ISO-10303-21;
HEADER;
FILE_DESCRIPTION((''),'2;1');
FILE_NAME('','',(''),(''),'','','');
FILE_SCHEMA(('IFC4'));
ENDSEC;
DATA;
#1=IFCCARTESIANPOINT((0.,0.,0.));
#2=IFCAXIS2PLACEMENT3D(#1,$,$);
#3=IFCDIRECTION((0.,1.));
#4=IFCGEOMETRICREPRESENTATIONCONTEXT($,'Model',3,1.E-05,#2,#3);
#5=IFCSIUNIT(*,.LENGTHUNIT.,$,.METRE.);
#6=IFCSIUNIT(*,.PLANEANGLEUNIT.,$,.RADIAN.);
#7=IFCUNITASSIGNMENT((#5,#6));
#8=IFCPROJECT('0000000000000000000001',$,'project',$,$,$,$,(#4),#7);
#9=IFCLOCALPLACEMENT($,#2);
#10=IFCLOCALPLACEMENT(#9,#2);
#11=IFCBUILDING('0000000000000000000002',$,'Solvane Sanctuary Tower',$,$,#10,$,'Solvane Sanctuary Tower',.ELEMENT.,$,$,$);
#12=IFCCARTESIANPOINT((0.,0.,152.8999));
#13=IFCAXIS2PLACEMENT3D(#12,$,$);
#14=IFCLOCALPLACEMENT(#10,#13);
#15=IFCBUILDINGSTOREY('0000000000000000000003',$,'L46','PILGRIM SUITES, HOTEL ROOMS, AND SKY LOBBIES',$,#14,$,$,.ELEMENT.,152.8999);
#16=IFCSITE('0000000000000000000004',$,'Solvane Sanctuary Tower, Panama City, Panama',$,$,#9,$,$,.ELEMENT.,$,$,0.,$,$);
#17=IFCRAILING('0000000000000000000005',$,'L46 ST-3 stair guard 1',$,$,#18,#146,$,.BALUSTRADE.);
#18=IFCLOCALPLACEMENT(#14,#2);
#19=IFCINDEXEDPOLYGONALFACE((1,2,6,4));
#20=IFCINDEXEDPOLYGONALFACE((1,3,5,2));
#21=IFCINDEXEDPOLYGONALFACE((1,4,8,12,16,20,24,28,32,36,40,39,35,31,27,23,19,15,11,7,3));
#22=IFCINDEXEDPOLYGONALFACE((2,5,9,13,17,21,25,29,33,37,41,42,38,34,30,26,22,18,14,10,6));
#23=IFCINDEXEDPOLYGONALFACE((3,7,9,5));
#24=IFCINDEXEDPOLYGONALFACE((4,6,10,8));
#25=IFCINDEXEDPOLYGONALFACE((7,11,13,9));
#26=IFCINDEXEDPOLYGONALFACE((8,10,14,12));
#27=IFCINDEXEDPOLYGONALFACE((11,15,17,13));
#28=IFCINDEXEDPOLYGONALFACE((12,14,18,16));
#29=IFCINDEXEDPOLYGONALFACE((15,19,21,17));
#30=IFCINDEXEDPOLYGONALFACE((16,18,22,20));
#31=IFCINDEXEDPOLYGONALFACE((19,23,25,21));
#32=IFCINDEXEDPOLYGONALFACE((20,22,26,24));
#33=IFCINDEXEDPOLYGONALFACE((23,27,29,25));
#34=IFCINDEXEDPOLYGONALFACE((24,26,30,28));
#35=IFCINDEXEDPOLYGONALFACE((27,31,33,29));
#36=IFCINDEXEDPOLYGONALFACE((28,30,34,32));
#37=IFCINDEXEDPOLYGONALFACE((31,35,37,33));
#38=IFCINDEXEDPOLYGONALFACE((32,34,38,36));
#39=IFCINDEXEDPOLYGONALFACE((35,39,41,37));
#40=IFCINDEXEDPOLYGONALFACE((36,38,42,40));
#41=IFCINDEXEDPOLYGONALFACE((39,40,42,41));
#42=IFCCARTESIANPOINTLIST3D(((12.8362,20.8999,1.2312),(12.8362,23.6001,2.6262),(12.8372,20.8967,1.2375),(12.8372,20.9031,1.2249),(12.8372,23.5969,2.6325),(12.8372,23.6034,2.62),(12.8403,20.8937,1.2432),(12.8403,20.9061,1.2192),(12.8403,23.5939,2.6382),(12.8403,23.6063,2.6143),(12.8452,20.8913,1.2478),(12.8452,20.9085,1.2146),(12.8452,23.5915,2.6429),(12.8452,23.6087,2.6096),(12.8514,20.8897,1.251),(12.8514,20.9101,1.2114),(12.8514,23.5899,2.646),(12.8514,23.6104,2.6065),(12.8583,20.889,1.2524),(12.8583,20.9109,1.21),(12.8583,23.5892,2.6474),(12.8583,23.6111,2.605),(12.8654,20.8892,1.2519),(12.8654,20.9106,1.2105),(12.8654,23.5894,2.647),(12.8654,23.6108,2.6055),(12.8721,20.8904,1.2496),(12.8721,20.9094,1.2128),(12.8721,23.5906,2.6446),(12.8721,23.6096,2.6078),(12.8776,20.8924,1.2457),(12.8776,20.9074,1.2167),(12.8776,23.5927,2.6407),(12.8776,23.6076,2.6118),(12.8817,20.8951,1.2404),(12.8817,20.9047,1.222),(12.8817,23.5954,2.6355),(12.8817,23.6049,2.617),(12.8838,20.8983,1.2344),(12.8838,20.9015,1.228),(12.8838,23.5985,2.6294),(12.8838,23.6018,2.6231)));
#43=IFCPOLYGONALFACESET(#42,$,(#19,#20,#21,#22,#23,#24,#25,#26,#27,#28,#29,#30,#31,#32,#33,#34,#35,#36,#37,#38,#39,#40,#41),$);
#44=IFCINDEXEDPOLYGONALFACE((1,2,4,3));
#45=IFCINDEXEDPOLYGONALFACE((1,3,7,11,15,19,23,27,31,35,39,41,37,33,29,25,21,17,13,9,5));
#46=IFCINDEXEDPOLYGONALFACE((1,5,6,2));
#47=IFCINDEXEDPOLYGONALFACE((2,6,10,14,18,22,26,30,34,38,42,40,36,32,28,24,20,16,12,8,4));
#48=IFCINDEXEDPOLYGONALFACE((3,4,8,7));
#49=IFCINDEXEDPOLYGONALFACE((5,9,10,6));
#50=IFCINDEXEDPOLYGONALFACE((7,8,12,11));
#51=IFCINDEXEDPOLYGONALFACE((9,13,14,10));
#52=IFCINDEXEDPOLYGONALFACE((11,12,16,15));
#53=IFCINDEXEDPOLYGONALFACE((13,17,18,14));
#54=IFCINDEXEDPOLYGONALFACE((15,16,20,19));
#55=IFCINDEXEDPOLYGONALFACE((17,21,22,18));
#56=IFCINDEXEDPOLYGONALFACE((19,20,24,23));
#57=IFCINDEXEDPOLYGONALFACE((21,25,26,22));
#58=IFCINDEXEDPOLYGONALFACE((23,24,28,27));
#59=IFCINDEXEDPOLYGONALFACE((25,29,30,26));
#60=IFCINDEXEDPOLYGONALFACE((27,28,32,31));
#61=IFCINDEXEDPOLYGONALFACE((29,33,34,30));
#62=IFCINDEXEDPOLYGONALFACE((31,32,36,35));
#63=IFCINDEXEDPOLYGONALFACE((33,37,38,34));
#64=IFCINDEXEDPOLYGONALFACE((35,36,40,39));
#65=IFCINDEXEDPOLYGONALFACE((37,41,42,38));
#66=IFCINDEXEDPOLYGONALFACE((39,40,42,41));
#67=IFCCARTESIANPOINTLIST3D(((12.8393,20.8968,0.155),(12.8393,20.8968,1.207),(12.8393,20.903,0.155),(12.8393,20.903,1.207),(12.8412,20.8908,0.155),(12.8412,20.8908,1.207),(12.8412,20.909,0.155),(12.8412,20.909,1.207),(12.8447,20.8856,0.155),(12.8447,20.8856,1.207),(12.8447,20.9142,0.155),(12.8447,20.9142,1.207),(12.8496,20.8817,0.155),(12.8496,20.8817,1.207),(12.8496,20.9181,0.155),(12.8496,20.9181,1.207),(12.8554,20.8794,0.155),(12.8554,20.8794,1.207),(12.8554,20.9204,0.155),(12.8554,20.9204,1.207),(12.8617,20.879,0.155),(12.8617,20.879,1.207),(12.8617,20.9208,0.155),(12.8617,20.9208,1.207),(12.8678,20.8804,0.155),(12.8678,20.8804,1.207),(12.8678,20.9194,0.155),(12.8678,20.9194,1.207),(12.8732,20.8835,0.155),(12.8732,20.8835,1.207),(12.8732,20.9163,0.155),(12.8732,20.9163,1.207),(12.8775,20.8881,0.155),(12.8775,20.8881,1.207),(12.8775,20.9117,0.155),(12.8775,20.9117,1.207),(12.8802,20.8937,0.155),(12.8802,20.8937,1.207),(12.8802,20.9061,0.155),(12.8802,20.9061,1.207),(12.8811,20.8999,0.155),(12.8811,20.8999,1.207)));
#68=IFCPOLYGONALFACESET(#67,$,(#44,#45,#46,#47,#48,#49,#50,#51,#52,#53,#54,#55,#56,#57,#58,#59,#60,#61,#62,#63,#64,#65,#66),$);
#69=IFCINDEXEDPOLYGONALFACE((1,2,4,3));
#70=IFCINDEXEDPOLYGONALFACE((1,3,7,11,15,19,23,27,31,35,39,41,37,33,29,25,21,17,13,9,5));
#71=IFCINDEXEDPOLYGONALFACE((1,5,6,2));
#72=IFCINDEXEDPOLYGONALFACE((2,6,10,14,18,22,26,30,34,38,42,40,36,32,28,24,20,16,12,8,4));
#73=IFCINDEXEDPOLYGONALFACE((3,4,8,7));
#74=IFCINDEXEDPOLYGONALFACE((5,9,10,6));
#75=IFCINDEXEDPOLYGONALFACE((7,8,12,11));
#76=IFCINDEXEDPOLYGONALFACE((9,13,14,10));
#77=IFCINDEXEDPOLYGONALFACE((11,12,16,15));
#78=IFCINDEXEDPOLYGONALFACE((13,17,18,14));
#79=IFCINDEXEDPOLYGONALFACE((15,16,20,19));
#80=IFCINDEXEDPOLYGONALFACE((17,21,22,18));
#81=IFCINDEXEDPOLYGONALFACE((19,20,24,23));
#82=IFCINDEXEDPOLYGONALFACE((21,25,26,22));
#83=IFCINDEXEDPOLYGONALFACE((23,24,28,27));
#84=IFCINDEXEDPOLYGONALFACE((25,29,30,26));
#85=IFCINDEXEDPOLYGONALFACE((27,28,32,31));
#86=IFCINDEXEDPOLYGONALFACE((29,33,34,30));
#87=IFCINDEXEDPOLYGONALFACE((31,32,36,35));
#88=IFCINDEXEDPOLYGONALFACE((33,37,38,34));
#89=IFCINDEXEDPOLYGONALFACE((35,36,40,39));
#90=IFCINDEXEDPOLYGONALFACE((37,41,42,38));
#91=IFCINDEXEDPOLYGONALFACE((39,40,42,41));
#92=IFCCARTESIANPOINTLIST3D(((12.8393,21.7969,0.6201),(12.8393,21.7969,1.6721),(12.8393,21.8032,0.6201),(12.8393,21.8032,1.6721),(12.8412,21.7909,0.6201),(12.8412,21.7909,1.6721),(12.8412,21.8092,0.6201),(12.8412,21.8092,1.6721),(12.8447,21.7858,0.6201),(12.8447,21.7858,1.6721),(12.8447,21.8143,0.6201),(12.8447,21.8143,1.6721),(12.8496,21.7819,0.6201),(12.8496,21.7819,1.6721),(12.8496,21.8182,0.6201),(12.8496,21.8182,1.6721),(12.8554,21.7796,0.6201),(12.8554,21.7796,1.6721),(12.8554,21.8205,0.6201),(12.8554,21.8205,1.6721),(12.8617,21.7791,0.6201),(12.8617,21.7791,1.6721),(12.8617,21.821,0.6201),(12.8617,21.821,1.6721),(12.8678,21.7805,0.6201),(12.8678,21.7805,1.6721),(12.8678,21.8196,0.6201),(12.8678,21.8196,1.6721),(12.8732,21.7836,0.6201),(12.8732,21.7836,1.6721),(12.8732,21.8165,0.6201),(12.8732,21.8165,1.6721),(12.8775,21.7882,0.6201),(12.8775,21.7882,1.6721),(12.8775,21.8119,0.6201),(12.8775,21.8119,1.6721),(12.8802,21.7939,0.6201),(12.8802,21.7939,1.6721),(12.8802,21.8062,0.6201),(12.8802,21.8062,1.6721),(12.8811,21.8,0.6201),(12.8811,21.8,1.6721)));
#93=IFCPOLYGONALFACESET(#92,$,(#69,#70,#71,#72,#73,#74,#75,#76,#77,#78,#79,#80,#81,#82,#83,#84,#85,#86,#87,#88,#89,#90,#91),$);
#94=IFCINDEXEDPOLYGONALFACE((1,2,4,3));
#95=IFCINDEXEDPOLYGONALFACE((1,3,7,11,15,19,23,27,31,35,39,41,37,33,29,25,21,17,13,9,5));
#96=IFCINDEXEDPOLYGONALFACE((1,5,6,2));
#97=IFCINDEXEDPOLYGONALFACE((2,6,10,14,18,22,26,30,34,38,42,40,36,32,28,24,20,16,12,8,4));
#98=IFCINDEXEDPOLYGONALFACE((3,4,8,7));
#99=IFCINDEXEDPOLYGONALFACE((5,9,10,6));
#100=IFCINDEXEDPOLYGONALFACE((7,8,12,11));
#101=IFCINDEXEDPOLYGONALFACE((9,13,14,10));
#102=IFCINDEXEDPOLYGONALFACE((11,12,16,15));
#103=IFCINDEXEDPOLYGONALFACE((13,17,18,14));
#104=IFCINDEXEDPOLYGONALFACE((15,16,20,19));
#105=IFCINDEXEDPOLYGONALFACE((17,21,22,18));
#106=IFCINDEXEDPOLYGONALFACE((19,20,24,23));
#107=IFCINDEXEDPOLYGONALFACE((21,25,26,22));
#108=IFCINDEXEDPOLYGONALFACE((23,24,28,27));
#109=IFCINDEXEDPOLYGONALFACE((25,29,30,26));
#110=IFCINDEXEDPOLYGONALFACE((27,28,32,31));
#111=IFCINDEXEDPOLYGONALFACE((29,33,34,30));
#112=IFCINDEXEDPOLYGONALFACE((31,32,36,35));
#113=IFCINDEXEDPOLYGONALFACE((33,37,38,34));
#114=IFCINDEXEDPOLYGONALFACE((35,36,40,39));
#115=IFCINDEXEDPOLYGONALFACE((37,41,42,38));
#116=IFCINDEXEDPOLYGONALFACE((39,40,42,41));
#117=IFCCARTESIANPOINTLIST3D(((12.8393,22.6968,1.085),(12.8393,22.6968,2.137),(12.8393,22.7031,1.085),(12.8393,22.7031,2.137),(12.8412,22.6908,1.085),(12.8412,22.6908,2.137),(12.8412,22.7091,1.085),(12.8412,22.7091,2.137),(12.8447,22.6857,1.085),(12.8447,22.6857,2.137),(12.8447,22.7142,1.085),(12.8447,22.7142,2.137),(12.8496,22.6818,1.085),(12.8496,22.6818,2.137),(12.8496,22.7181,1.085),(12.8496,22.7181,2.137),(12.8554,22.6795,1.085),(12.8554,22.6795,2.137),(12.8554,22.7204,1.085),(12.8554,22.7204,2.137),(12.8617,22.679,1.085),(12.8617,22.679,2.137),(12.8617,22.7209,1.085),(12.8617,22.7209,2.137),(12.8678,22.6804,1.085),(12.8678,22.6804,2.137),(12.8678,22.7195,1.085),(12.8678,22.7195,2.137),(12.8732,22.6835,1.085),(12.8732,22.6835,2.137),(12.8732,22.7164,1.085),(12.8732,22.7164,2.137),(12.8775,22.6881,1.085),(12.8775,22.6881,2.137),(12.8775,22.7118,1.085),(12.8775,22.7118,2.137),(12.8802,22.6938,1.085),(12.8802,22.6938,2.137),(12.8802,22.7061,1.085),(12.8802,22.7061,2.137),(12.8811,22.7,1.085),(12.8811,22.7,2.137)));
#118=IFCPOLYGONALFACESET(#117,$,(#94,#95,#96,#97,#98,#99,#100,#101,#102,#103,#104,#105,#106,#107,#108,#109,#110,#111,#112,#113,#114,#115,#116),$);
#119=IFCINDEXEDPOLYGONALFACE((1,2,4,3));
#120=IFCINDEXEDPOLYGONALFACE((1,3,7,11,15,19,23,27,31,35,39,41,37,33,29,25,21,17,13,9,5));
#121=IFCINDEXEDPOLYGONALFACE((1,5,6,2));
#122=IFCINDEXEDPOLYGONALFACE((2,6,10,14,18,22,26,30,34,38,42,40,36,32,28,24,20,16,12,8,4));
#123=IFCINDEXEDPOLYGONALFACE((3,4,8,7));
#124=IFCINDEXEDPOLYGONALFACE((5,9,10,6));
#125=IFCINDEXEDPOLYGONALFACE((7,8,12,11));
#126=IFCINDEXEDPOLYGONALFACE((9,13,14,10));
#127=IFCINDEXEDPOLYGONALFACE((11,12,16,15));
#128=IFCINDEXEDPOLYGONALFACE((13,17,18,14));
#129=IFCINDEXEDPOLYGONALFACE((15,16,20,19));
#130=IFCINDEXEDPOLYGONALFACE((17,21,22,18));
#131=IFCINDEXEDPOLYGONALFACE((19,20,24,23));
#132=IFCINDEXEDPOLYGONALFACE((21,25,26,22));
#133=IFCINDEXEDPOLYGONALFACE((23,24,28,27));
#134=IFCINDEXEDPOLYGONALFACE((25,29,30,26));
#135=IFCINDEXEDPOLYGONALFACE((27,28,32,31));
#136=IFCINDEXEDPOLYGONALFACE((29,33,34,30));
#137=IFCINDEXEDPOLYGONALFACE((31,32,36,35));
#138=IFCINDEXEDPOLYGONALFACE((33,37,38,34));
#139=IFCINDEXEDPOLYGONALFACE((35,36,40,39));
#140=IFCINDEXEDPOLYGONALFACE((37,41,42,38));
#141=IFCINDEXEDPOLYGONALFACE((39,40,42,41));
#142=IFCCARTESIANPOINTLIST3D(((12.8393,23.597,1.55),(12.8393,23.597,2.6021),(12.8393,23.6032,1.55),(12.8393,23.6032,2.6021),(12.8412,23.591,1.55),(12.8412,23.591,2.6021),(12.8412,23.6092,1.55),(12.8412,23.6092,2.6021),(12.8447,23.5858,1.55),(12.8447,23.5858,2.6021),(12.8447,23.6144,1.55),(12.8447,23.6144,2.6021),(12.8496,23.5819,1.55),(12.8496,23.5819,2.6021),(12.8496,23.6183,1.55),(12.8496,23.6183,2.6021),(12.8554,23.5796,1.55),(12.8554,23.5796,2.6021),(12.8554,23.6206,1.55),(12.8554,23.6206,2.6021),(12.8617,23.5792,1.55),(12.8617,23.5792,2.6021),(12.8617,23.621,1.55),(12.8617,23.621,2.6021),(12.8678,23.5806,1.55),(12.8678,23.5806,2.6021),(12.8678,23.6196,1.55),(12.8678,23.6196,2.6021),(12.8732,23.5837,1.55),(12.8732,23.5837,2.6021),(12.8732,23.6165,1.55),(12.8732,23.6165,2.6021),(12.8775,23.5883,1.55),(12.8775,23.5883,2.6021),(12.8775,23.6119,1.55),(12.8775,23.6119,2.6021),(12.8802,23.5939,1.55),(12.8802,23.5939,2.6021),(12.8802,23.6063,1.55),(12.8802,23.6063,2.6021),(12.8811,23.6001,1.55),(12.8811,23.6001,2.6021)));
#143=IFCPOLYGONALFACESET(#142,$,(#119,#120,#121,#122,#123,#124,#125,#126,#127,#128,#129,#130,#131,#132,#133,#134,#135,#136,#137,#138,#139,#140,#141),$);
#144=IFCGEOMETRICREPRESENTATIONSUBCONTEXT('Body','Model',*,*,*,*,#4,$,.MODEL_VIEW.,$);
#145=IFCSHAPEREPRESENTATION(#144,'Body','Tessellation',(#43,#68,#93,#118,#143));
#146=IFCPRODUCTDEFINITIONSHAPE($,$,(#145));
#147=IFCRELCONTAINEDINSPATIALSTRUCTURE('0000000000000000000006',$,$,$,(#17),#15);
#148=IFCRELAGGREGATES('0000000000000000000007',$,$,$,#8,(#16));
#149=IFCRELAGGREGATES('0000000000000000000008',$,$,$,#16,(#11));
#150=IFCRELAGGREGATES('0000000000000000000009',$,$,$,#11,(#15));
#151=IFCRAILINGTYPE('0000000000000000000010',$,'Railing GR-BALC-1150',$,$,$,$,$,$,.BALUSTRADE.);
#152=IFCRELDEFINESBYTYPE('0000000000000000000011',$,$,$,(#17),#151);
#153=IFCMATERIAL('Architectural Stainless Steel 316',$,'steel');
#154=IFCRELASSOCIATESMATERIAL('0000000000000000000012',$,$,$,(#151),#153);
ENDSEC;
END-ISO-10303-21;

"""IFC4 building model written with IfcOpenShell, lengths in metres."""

from ifc_helpers import new_model, si_unit, direction, frame, origin, origin_2d, place, context, subcontext, project, spatial, circle, extrude, material, type_object, element, save


model = new_model("IFC4")

# Units and contexts
model_context = context("Model", 3, precision=1e-05, world=origin(), true_north=direction((0.0, 1.0)))
body_context = subcontext(model_context, "Body", "Model", "MODEL_VIEW")
ifc_project = project(units=[si_unit("LENGTHUNIT", "METRE"), si_unit("PLANEANGLEUNIT", "RADIAN")], contexts=[model_context])

# Site, building, storey
site_placement = place(None, origin())
site = spatial("IfcSite", under=ifc_project, at=site_placement, Name="Solvane Sanctuary Tower, Panama City, Panama", CompositionType="ELEMENT", RefElevation=0.0)
building_placement = place(site_placement, origin())
building = spatial("IfcBuilding", under=site, at=building_placement, Name="Solvane Sanctuary Tower", LongName="Solvane Sanctuary Tower", CompositionType="ELEMENT")
storey_placement = place(building_placement, frame((0.0, 0.0, 152.8999)))
storey = spatial("IfcBuildingStorey", under=building, at=storey_placement, Name="L46", Description="PILGRIM SUITES, HOTEL ROOMS, AND SKY LOBBIES", CompositionType="ELEMENT", Elevation=152.8999)

# Shared definitions
ifc_material_1 = material(Name="Architectural Stainless Steel 316", Category="steel")

# Railing
railing_type_1 = type_object("IfcRailingType", Name="Railing GR-BALC-1150", PredefinedType="BALUSTRADE", material=ifc_material_1)
railing_1_placement = place(storey_placement, frame((12.8601, 20.8999, 0.155)))
element("IfcRailing", 1, at=railing_1_placement, inside=storey, type_object=railing_type_1, Name="L46 ST-3 stair guard 1", PredefinedType="BALUSTRADE", context=body_context, shape_type="SweptSolid", body=[
    extrude(circle(Radius=0.0239, at=origin_2d()), frame((0.0, 0.0, 1.0762), z_axis=(0.0, 0.888437, 0.458999), x_axis=(-1.0, 0.0, 0.0)), (0.0, 0.0, 1.0), 3.0393),
    extrude(circle(Radius=0.021, at=origin_2d()), origin(), (0.0, 0.0, 1.0), 1.052),
    extrude(circle(Radius=0.021, at=origin_2d()), frame((0.0, 0.9001, 0.4651)), (0.0, 0.0, 1.0), 1.052),
    extrude(circle(Radius=0.021, at=origin_2d()), frame((0.0, 1.8, 0.9299)), (0.0, 0.0, 1.0), 1.052),
    extrude(circle(Radius=0.021, at=origin_2d()), frame((0.0, 2.7002, 1.395)), (0.0, 0.0, 1.0), 1.052),
])

save(model, "model.ifc")
